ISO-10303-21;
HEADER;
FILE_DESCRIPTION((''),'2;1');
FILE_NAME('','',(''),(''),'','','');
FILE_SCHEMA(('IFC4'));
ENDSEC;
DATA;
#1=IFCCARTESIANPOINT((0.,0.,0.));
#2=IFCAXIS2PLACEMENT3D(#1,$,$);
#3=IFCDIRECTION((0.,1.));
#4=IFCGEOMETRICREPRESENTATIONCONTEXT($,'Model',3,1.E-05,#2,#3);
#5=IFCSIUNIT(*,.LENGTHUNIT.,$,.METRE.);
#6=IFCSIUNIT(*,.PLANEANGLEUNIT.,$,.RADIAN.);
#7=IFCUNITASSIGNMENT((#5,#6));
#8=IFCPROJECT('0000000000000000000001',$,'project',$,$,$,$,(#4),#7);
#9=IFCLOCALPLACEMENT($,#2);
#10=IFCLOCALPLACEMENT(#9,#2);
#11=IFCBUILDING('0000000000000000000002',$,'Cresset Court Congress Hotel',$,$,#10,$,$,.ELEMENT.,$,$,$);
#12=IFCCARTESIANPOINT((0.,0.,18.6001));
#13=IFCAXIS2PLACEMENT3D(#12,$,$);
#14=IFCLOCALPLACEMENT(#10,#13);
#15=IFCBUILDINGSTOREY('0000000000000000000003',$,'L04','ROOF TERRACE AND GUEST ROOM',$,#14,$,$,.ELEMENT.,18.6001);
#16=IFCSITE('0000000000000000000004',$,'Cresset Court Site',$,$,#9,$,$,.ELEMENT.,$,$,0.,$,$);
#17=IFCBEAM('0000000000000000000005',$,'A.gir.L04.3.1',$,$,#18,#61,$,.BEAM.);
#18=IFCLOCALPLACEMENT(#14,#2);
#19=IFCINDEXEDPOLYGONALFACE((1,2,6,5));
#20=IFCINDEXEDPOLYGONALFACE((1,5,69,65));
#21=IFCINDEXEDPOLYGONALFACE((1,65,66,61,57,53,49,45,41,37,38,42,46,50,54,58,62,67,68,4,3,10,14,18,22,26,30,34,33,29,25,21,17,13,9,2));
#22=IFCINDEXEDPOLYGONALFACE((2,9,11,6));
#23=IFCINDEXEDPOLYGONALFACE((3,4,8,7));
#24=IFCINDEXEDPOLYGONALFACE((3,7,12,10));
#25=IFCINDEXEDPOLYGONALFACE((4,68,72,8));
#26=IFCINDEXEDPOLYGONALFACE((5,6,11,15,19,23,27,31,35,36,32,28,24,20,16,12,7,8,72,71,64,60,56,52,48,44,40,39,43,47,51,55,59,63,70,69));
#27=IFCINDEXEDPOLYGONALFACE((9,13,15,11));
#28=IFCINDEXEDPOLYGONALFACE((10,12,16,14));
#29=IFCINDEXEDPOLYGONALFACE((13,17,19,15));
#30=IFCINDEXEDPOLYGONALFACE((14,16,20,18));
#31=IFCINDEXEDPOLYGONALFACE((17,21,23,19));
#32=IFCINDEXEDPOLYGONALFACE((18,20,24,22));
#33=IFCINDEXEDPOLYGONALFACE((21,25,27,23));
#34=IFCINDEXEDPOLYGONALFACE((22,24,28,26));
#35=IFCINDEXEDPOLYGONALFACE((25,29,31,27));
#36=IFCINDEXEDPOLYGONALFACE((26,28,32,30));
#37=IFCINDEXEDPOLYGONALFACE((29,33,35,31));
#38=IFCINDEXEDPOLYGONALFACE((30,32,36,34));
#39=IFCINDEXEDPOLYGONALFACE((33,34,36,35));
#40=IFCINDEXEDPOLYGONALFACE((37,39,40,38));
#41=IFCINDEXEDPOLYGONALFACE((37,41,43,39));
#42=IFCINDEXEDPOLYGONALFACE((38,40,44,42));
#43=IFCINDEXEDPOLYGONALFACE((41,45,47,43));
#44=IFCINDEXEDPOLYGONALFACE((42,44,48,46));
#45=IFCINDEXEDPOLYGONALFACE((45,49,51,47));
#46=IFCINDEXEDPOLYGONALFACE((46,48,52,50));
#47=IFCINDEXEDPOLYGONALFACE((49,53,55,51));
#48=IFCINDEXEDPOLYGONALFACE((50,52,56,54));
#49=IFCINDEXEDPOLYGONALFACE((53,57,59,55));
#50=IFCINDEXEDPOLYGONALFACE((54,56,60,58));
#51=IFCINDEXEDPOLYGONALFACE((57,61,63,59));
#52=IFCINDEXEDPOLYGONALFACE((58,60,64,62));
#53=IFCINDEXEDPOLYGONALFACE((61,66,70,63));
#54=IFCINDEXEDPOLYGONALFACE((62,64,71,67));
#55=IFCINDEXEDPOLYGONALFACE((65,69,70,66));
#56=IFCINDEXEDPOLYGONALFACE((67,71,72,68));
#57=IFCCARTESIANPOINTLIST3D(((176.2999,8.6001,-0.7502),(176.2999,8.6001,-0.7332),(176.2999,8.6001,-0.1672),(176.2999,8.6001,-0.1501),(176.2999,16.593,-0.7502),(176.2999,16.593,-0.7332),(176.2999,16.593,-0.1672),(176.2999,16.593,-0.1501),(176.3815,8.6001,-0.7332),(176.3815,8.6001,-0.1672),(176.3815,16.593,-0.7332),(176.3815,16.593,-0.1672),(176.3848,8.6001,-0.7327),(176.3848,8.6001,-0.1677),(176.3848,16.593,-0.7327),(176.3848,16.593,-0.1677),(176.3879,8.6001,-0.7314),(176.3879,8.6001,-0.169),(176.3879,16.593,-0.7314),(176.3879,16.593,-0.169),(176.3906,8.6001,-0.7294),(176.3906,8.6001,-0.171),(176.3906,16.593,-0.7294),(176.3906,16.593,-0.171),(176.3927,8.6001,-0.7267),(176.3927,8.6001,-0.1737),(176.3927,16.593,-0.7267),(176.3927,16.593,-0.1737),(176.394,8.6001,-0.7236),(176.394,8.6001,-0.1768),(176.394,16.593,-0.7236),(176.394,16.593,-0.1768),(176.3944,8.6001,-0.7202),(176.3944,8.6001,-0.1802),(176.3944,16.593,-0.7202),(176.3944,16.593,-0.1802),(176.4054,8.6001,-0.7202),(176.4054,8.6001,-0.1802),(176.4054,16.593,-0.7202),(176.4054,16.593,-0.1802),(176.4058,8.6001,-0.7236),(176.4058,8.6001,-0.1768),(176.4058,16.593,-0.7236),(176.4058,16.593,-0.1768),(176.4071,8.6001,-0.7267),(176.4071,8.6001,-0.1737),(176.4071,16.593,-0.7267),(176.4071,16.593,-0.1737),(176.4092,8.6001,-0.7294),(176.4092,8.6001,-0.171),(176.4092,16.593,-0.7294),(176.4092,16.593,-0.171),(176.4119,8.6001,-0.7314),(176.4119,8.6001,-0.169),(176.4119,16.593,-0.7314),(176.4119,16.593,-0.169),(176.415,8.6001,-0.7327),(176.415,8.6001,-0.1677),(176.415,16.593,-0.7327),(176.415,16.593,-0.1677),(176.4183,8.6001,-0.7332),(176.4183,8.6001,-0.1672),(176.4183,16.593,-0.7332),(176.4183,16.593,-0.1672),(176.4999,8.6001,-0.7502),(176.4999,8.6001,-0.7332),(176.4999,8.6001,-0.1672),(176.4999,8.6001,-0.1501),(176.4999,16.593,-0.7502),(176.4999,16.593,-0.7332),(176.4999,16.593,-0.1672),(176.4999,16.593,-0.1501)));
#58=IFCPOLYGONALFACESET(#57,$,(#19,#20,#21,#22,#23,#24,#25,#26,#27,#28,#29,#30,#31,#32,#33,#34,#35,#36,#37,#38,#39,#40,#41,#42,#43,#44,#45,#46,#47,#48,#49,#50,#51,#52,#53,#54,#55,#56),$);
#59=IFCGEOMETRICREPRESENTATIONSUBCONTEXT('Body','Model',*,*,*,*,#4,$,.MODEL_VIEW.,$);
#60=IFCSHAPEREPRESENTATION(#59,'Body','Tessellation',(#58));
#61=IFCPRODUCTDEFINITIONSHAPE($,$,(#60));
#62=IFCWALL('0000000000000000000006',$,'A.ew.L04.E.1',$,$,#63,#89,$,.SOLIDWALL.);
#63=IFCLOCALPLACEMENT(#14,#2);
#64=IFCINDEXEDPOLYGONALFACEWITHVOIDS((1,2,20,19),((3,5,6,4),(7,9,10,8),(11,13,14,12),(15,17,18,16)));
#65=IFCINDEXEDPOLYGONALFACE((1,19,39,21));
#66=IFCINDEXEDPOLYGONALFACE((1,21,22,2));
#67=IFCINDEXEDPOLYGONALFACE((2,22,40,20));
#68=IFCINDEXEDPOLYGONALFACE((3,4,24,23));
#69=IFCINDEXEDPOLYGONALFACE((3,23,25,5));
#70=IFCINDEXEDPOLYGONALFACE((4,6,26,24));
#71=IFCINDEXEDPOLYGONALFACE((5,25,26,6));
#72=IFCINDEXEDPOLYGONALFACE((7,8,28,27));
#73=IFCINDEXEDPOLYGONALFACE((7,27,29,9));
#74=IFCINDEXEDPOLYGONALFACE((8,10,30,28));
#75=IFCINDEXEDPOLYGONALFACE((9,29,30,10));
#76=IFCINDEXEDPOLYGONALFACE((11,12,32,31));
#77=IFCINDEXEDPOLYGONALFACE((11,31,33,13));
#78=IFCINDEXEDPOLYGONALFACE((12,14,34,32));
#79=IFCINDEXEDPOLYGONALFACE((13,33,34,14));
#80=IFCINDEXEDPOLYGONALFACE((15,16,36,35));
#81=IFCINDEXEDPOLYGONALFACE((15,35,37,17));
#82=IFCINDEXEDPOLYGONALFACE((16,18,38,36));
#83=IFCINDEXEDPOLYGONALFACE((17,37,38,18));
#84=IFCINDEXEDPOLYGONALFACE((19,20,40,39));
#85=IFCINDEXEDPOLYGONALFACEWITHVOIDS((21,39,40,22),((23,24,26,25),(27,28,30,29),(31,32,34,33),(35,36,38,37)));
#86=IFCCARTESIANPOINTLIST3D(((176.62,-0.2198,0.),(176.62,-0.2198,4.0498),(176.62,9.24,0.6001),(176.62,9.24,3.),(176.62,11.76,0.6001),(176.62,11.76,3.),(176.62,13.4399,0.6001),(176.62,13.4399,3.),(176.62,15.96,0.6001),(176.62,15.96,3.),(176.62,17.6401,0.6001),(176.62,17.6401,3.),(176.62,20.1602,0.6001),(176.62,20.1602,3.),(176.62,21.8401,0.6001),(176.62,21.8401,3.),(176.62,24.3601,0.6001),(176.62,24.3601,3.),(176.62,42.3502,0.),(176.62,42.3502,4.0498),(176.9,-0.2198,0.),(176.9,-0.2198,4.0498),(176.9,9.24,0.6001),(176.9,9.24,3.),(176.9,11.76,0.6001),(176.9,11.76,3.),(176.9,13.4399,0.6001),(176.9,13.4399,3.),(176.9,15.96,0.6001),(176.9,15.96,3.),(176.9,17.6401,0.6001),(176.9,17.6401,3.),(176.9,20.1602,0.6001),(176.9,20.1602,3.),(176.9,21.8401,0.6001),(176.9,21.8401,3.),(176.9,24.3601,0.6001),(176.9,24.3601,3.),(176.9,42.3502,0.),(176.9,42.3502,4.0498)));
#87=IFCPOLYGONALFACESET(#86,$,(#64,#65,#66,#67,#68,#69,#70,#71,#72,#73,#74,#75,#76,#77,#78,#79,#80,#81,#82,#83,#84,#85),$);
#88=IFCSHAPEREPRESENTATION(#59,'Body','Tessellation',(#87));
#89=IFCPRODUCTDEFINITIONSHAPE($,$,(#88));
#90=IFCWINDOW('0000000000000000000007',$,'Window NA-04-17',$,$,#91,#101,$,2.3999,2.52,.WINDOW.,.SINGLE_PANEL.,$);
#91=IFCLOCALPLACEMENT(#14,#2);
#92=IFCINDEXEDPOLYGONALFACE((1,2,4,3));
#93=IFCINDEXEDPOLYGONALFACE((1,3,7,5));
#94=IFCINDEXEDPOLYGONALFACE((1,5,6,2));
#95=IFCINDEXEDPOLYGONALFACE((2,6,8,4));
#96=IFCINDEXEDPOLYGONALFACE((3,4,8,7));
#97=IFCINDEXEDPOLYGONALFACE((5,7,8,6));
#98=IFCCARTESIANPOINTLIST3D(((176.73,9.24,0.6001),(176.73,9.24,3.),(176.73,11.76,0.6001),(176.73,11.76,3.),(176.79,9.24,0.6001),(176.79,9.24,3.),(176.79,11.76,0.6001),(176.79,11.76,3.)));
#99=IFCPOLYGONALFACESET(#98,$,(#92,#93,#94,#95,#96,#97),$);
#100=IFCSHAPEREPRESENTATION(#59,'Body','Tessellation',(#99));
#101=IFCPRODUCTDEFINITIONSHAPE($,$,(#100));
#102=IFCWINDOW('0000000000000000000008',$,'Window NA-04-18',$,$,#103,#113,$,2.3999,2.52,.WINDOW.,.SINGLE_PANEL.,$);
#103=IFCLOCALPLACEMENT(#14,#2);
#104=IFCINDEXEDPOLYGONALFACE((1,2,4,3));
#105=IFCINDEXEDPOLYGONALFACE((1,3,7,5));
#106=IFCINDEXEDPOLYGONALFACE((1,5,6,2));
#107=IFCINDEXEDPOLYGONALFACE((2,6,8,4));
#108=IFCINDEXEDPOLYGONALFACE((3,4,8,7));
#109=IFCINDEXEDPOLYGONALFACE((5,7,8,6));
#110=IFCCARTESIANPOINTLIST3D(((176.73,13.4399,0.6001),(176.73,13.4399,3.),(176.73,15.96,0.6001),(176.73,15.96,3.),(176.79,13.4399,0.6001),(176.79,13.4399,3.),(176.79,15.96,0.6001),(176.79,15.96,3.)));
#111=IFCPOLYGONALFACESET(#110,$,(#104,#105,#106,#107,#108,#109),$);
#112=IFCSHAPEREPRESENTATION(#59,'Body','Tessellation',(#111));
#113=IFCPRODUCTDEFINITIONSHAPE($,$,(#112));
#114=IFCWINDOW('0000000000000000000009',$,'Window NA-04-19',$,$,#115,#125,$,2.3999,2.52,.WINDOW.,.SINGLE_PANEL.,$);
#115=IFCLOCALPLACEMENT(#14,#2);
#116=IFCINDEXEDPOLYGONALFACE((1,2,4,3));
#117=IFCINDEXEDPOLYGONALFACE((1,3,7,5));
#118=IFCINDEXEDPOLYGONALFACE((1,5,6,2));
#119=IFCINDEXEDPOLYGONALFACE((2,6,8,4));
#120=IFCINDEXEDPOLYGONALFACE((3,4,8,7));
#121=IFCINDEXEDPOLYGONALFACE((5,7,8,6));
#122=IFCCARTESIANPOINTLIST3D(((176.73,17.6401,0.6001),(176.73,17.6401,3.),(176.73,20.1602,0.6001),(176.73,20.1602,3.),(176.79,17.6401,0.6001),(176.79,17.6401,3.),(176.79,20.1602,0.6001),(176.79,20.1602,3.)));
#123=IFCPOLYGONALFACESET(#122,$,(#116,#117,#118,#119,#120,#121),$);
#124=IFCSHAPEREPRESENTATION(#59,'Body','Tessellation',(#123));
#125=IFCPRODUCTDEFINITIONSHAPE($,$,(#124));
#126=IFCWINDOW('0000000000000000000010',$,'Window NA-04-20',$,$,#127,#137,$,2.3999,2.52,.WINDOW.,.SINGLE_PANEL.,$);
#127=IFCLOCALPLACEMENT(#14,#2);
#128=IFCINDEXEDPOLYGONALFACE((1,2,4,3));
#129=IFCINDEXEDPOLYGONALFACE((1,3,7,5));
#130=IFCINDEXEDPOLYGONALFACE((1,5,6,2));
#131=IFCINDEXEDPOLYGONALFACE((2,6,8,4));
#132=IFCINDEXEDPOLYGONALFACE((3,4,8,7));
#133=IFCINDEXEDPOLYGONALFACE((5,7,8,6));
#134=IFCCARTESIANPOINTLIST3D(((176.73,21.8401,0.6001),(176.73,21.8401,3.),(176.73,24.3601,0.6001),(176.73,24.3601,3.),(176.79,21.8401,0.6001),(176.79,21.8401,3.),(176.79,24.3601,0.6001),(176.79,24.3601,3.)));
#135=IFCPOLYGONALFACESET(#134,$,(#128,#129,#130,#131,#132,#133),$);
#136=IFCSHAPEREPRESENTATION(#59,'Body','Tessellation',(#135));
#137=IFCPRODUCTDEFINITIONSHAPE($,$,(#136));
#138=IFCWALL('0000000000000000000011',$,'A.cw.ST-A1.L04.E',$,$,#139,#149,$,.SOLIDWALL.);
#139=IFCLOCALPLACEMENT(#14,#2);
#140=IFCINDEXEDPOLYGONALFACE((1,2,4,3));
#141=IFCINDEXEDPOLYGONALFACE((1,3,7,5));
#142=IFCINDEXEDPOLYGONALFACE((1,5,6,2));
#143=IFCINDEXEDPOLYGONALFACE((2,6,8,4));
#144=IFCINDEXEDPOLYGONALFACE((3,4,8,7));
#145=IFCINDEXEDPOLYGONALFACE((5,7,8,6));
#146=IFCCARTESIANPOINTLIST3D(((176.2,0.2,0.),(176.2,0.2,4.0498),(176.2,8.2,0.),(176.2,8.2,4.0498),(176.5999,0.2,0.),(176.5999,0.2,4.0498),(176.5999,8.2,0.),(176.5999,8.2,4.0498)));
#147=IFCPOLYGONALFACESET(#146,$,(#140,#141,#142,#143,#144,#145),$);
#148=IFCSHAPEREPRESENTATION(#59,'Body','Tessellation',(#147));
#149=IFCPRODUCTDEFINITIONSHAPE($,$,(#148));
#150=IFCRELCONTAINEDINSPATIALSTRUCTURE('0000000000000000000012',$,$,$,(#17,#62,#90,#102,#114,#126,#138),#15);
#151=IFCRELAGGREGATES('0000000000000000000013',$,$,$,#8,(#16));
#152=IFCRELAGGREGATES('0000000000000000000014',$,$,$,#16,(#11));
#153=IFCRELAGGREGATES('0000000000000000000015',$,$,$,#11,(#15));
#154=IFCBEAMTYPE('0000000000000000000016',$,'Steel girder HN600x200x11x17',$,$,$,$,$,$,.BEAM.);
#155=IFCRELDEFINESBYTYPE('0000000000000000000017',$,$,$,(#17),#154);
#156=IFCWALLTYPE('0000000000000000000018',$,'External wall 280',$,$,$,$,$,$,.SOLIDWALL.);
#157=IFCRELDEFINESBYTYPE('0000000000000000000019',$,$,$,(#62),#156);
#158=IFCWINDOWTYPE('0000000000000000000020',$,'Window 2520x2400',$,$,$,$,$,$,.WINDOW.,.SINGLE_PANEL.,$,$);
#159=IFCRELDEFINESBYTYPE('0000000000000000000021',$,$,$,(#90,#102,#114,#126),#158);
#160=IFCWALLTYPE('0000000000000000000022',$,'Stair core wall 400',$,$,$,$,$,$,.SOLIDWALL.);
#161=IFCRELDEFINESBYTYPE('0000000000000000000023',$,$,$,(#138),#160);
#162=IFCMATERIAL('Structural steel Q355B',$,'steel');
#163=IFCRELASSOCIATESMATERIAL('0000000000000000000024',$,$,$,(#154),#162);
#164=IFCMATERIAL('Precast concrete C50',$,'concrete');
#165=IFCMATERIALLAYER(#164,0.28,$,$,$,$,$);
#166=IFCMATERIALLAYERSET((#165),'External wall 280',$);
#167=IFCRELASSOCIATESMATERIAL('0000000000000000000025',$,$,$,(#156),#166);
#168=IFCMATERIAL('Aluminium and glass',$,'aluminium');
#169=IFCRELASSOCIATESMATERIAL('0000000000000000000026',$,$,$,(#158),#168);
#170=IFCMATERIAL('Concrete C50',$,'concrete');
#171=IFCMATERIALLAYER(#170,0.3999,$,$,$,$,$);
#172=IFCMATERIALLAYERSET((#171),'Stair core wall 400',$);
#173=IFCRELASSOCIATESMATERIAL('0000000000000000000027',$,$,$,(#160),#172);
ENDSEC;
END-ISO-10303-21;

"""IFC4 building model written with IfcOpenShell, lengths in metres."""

from ifc_helpers import new_model, si_unit, direction, frame, frame_2d, origin, origin_2d, place, context, subcontext, project, spatial, rectangle, i_section, extrude, material, layer, layer_set, material_profile, profile_set, type_object, element, fill, save


model = new_model("IFC4")

# Units and contexts
model_context = context("Model", 3, precision=1e-05, world=origin(), true_north=direction((0.0, 1.0)))
body_context = subcontext(model_context, "Body", "Model", "MODEL_VIEW")
ifc_project = project(units=[si_unit("LENGTHUNIT", "METRE"), si_unit("PLANEANGLEUNIT", "RADIAN")], contexts=[model_context])

# Site, building, storey
site_placement = place(None, origin())
site = spatial("IfcSite", under=ifc_project, at=site_placement, Name="Cresset Court Site", CompositionType="ELEMENT", RefElevation=0.0)
building_placement = place(site_placement, origin())
building = spatial("IfcBuilding", under=site, at=building_placement, Name="Cresset Court Congress Hotel", CompositionType="ELEMENT")
storey_placement = place(building_placement, frame((0.0, 0.0, 18.6001)))
storey = spatial("IfcBuildingStorey", under=building, at=storey_placement, Name="L04", Description="ROOF TERRACE AND GUEST ROOM", CompositionType="ELEMENT", Elevation=18.6001)

# Beam
ifc_material_1 = material(Name="Structural steel Q355B", Category="steel")
ifc_material_profile = material_profile(ifc_material_1, i_section(OverallWidth=0.2, OverallDepth=0.6001, WebThickness=0.011, FlangeThickness=0.0171, FilletRadius=0.0129, at=origin_2d()), Name="HN600x200x11x17")
ifc_profile_set = profile_set([ifc_material_profile], Name="Structural steel Q355B")
beam_type = type_object("IfcBeamType", Name="Steel girder HN600x200x11x17", PredefinedType="BEAM", material=ifc_profile_set)
beam_placement = place(storey_placement, frame((176.3999, 8.6001, -0.4502), z_axis=(0.0, 1.0, 0.0), x_axis=(-1.0, 0.0, 0.0)))
element("IfcBeam", 1, at=beam_placement, inside=storey, type_object=beam_type, Name="A.gir.L04.3.1", PredefinedType="BEAM", context=body_context, shape_type="SweptSolid", body=[
    extrude(i_section(OverallWidth=0.2, OverallDepth=0.6001, WebThickness=0.011, FlangeThickness=0.0171, FilletRadius=0.0129, at=origin_2d()), origin(), (0.0, 0.0, 1.0), 7.9929),
])

# Wall, openings, windows
ifc_material_2 = material(Name="Precast concrete C50", Category="concrete")
ifc_layer_1 = layer(ifc_material_2, 0.28)
ifc_layer_set_1 = layer_set([ifc_layer_1], Name="External wall 280")
wall_type_1 = type_object("IfcWallType", Name="External wall 280", PredefinedType="SOLIDWALL", material=ifc_layer_set_1)
wall_1_placement = place(storey_placement, frame((176.76, -0.22, 0.0), z_axis=(0.0, 0.0, 1.0), x_axis=(0.0, 1.0, 0.0)))
wall_1 = element("IfcWall", 2, at=wall_1_placement, inside=storey, type_object=wall_type_1, Name="A.ew.L04.E.1", PredefinedType="SOLIDWALL", context=body_context, shape_type="SweptSolid", body=[
    extrude(rectangle(XDim=42.5701, YDim=0.28, at=frame_2d((21.2852, 0.0))), origin(), (0.0, 0.0, 1.0), 4.0498),
])
opening_1_placement = place(wall_1_placement, frame((9.46, 0.0, 0.6001)))
opening_1 = element("IfcOpeningElement", 3, at=opening_1_placement, cuts=wall_1, PredefinedType="OPENING", context=body_context, shape_type="SweptSolid", body=[
    extrude(rectangle(XDim=2.52, YDim=2.3999, at=frame_2d((1.26, 1.2))), frame((0.0, 0.1499, 0.0), z_axis=(0.0, -1.0, 0.0), x_axis=(1.0, 0.0, 0.0)), (0.0, 0.0, 1.0), 0.3),
])
opening_2_placement = place(wall_1_placement, frame((13.6599, 0.0, 0.6001)))
opening_2 = element("IfcOpeningElement", 4, at=opening_2_placement, cuts=wall_1, PredefinedType="OPENING", context=body_context, shape_type="SweptSolid", body=[
    extrude(rectangle(XDim=2.52, YDim=2.3999, at=frame_2d((1.26, 1.2))), frame((0.0, 0.1499, 0.0), z_axis=(0.0, -1.0, 0.0), x_axis=(1.0, 0.0, 0.0)), (0.0, 0.0, 1.0), 0.3),
])
opening_3_placement = place(wall_1_placement, frame((17.8601, 0.0, 0.6001)))
opening_3 = element("IfcOpeningElement", 5, at=opening_3_placement, cuts=wall_1, PredefinedType="OPENING", context=body_context, shape_type="SweptSolid", body=[
    extrude(rectangle(XDim=2.52, YDim=2.3999, at=frame_2d((1.26, 1.2))), frame((0.0, 0.1499, 0.0), z_axis=(0.0, -1.0, 0.0), x_axis=(1.0, 0.0, 0.0)), (0.0, 0.0, 1.0), 0.3),
])
opening_4_placement = place(wall_1_placement, frame((22.0601, 0.0, 0.6001)))
opening_4 = element("IfcOpeningElement", 6, at=opening_4_placement, cuts=wall_1, PredefinedType="OPENING", context=body_context, shape_type="SweptSolid", body=[
    extrude(rectangle(XDim=2.52, YDim=2.3999, at=frame_2d((1.26, 1.2))), frame((0.0, 0.1499, 0.0), z_axis=(0.0, -1.0, 0.0), x_axis=(1.0, 0.0, 0.0)), (0.0, 0.0, 1.0), 0.3),
])
ifc_material_3 = material(Name="Aluminium and glass", Category="aluminium")
window_type = type_object("IfcWindowType", Name="Window 2520x2400", PartitioningType="SINGLE_PANEL", PredefinedType="WINDOW", material=ifc_material_3)
window_1_placement = place(opening_1_placement, origin())
window_1 = element("IfcWindow", 7, at=window_1_placement, inside=storey, type_object=window_type, Name="Window NA-04-17", OverallHeight=2.3999, OverallWidth=2.52, PartitioningType="SINGLE_PANEL", PredefinedType="WINDOW", context=body_context, shape_type="SweptSolid", body=[
    extrude(rectangle(XDim=2.52, YDim=2.3999, at=frame_2d((1.26, 1.2))), frame((0.0, 0.03, 0.0), z_axis=(0.0, -1.0, 0.0), x_axis=(1.0, 0.0, 0.0)), (0.0, 0.0, 1.0), 0.0601),
])
fill(opening_1, window_1)
window_2_placement = place(opening_2_placement, origin())
window_2 = element("IfcWindow", 8, at=window_2_placement, inside=storey, type_object=window_type, Name="Window NA-04-18", OverallHeight=2.3999, OverallWidth=2.52, PartitioningType="SINGLE_PANEL", PredefinedType="WINDOW", context=body_context, shape_type="SweptSolid", body=[
    extrude(rectangle(XDim=2.52, YDim=2.3999, at=frame_2d((1.26, 1.2))), frame((0.0, 0.03, 0.0), z_axis=(0.0, -1.0, 0.0), x_axis=(1.0, 0.0, 0.0)), (0.0, 0.0, 1.0), 0.0601),
])
fill(opening_2, window_2)
window_3_placement = place(opening_3_placement, origin())
window_3 = element("IfcWindow", 9, at=window_3_placement, inside=storey, type_object=window_type, Name="Window NA-04-19", OverallHeight=2.3999, OverallWidth=2.52, PartitioningType="SINGLE_PANEL", PredefinedType="WINDOW", context=body_context, shape_type="SweptSolid", body=[
    extrude(rectangle(XDim=2.52, YDim=2.3999, at=frame_2d((1.26, 1.2))), frame((0.0, 0.03, 0.0), z_axis=(0.0, -1.0, 0.0), x_axis=(1.0, 0.0, 0.0)), (0.0, 0.0, 1.0), 0.0601),
])
fill(opening_3, window_3)
window_4_placement = place(opening_4_placement, origin())
window_4 = element("IfcWindow", 10, at=window_4_placement, inside=storey, type_object=window_type, Name="Window NA-04-20", OverallHeight=2.3999, OverallWidth=2.52, PartitioningType="SINGLE_PANEL", PredefinedType="WINDOW", context=body_context, shape_type="SweptSolid", body=[
    extrude(rectangle(XDim=2.52, YDim=2.3999, at=frame_2d((1.26, 1.2))), frame((0.0, 0.03, 0.0), z_axis=(0.0, -1.0, 0.0), x_axis=(1.0, 0.0, 0.0)), (0.0, 0.0, 1.0), 0.0601),
])
fill(opening_4, window_4)

# Wall
ifc_material_4 = material(Name="Concrete C50", Category="concrete")
ifc_layer_2 = layer(ifc_material_4, 0.3999)
ifc_layer_set_2 = layer_set([ifc_layer_2], Name="Stair core wall 400")
wall_type_2 = type_object("IfcWallType", Name="Stair core wall 400", PredefinedType="SOLIDWALL", material=ifc_layer_set_2)
wall_2_placement = place(storey_placement, frame((176.3999, 0.2, 0.0), z_axis=(0.0, 0.0, 1.0), x_axis=(0.0, 1.0, 0.0)))
element("IfcWall", 11, at=wall_2_placement, inside=storey, type_object=wall_type_2, Name="A.cw.ST-A1.L04.E", PredefinedType="SOLIDWALL", context=body_context, shape_type="SweptSolid", body=[
    extrude(rectangle(XDim=8.0, YDim=0.3999, at=frame_2d((4.0, 0.0))), origin(), (0.0, 0.0, 1.0), 4.0498),
])

save(model, "model.ifc")
